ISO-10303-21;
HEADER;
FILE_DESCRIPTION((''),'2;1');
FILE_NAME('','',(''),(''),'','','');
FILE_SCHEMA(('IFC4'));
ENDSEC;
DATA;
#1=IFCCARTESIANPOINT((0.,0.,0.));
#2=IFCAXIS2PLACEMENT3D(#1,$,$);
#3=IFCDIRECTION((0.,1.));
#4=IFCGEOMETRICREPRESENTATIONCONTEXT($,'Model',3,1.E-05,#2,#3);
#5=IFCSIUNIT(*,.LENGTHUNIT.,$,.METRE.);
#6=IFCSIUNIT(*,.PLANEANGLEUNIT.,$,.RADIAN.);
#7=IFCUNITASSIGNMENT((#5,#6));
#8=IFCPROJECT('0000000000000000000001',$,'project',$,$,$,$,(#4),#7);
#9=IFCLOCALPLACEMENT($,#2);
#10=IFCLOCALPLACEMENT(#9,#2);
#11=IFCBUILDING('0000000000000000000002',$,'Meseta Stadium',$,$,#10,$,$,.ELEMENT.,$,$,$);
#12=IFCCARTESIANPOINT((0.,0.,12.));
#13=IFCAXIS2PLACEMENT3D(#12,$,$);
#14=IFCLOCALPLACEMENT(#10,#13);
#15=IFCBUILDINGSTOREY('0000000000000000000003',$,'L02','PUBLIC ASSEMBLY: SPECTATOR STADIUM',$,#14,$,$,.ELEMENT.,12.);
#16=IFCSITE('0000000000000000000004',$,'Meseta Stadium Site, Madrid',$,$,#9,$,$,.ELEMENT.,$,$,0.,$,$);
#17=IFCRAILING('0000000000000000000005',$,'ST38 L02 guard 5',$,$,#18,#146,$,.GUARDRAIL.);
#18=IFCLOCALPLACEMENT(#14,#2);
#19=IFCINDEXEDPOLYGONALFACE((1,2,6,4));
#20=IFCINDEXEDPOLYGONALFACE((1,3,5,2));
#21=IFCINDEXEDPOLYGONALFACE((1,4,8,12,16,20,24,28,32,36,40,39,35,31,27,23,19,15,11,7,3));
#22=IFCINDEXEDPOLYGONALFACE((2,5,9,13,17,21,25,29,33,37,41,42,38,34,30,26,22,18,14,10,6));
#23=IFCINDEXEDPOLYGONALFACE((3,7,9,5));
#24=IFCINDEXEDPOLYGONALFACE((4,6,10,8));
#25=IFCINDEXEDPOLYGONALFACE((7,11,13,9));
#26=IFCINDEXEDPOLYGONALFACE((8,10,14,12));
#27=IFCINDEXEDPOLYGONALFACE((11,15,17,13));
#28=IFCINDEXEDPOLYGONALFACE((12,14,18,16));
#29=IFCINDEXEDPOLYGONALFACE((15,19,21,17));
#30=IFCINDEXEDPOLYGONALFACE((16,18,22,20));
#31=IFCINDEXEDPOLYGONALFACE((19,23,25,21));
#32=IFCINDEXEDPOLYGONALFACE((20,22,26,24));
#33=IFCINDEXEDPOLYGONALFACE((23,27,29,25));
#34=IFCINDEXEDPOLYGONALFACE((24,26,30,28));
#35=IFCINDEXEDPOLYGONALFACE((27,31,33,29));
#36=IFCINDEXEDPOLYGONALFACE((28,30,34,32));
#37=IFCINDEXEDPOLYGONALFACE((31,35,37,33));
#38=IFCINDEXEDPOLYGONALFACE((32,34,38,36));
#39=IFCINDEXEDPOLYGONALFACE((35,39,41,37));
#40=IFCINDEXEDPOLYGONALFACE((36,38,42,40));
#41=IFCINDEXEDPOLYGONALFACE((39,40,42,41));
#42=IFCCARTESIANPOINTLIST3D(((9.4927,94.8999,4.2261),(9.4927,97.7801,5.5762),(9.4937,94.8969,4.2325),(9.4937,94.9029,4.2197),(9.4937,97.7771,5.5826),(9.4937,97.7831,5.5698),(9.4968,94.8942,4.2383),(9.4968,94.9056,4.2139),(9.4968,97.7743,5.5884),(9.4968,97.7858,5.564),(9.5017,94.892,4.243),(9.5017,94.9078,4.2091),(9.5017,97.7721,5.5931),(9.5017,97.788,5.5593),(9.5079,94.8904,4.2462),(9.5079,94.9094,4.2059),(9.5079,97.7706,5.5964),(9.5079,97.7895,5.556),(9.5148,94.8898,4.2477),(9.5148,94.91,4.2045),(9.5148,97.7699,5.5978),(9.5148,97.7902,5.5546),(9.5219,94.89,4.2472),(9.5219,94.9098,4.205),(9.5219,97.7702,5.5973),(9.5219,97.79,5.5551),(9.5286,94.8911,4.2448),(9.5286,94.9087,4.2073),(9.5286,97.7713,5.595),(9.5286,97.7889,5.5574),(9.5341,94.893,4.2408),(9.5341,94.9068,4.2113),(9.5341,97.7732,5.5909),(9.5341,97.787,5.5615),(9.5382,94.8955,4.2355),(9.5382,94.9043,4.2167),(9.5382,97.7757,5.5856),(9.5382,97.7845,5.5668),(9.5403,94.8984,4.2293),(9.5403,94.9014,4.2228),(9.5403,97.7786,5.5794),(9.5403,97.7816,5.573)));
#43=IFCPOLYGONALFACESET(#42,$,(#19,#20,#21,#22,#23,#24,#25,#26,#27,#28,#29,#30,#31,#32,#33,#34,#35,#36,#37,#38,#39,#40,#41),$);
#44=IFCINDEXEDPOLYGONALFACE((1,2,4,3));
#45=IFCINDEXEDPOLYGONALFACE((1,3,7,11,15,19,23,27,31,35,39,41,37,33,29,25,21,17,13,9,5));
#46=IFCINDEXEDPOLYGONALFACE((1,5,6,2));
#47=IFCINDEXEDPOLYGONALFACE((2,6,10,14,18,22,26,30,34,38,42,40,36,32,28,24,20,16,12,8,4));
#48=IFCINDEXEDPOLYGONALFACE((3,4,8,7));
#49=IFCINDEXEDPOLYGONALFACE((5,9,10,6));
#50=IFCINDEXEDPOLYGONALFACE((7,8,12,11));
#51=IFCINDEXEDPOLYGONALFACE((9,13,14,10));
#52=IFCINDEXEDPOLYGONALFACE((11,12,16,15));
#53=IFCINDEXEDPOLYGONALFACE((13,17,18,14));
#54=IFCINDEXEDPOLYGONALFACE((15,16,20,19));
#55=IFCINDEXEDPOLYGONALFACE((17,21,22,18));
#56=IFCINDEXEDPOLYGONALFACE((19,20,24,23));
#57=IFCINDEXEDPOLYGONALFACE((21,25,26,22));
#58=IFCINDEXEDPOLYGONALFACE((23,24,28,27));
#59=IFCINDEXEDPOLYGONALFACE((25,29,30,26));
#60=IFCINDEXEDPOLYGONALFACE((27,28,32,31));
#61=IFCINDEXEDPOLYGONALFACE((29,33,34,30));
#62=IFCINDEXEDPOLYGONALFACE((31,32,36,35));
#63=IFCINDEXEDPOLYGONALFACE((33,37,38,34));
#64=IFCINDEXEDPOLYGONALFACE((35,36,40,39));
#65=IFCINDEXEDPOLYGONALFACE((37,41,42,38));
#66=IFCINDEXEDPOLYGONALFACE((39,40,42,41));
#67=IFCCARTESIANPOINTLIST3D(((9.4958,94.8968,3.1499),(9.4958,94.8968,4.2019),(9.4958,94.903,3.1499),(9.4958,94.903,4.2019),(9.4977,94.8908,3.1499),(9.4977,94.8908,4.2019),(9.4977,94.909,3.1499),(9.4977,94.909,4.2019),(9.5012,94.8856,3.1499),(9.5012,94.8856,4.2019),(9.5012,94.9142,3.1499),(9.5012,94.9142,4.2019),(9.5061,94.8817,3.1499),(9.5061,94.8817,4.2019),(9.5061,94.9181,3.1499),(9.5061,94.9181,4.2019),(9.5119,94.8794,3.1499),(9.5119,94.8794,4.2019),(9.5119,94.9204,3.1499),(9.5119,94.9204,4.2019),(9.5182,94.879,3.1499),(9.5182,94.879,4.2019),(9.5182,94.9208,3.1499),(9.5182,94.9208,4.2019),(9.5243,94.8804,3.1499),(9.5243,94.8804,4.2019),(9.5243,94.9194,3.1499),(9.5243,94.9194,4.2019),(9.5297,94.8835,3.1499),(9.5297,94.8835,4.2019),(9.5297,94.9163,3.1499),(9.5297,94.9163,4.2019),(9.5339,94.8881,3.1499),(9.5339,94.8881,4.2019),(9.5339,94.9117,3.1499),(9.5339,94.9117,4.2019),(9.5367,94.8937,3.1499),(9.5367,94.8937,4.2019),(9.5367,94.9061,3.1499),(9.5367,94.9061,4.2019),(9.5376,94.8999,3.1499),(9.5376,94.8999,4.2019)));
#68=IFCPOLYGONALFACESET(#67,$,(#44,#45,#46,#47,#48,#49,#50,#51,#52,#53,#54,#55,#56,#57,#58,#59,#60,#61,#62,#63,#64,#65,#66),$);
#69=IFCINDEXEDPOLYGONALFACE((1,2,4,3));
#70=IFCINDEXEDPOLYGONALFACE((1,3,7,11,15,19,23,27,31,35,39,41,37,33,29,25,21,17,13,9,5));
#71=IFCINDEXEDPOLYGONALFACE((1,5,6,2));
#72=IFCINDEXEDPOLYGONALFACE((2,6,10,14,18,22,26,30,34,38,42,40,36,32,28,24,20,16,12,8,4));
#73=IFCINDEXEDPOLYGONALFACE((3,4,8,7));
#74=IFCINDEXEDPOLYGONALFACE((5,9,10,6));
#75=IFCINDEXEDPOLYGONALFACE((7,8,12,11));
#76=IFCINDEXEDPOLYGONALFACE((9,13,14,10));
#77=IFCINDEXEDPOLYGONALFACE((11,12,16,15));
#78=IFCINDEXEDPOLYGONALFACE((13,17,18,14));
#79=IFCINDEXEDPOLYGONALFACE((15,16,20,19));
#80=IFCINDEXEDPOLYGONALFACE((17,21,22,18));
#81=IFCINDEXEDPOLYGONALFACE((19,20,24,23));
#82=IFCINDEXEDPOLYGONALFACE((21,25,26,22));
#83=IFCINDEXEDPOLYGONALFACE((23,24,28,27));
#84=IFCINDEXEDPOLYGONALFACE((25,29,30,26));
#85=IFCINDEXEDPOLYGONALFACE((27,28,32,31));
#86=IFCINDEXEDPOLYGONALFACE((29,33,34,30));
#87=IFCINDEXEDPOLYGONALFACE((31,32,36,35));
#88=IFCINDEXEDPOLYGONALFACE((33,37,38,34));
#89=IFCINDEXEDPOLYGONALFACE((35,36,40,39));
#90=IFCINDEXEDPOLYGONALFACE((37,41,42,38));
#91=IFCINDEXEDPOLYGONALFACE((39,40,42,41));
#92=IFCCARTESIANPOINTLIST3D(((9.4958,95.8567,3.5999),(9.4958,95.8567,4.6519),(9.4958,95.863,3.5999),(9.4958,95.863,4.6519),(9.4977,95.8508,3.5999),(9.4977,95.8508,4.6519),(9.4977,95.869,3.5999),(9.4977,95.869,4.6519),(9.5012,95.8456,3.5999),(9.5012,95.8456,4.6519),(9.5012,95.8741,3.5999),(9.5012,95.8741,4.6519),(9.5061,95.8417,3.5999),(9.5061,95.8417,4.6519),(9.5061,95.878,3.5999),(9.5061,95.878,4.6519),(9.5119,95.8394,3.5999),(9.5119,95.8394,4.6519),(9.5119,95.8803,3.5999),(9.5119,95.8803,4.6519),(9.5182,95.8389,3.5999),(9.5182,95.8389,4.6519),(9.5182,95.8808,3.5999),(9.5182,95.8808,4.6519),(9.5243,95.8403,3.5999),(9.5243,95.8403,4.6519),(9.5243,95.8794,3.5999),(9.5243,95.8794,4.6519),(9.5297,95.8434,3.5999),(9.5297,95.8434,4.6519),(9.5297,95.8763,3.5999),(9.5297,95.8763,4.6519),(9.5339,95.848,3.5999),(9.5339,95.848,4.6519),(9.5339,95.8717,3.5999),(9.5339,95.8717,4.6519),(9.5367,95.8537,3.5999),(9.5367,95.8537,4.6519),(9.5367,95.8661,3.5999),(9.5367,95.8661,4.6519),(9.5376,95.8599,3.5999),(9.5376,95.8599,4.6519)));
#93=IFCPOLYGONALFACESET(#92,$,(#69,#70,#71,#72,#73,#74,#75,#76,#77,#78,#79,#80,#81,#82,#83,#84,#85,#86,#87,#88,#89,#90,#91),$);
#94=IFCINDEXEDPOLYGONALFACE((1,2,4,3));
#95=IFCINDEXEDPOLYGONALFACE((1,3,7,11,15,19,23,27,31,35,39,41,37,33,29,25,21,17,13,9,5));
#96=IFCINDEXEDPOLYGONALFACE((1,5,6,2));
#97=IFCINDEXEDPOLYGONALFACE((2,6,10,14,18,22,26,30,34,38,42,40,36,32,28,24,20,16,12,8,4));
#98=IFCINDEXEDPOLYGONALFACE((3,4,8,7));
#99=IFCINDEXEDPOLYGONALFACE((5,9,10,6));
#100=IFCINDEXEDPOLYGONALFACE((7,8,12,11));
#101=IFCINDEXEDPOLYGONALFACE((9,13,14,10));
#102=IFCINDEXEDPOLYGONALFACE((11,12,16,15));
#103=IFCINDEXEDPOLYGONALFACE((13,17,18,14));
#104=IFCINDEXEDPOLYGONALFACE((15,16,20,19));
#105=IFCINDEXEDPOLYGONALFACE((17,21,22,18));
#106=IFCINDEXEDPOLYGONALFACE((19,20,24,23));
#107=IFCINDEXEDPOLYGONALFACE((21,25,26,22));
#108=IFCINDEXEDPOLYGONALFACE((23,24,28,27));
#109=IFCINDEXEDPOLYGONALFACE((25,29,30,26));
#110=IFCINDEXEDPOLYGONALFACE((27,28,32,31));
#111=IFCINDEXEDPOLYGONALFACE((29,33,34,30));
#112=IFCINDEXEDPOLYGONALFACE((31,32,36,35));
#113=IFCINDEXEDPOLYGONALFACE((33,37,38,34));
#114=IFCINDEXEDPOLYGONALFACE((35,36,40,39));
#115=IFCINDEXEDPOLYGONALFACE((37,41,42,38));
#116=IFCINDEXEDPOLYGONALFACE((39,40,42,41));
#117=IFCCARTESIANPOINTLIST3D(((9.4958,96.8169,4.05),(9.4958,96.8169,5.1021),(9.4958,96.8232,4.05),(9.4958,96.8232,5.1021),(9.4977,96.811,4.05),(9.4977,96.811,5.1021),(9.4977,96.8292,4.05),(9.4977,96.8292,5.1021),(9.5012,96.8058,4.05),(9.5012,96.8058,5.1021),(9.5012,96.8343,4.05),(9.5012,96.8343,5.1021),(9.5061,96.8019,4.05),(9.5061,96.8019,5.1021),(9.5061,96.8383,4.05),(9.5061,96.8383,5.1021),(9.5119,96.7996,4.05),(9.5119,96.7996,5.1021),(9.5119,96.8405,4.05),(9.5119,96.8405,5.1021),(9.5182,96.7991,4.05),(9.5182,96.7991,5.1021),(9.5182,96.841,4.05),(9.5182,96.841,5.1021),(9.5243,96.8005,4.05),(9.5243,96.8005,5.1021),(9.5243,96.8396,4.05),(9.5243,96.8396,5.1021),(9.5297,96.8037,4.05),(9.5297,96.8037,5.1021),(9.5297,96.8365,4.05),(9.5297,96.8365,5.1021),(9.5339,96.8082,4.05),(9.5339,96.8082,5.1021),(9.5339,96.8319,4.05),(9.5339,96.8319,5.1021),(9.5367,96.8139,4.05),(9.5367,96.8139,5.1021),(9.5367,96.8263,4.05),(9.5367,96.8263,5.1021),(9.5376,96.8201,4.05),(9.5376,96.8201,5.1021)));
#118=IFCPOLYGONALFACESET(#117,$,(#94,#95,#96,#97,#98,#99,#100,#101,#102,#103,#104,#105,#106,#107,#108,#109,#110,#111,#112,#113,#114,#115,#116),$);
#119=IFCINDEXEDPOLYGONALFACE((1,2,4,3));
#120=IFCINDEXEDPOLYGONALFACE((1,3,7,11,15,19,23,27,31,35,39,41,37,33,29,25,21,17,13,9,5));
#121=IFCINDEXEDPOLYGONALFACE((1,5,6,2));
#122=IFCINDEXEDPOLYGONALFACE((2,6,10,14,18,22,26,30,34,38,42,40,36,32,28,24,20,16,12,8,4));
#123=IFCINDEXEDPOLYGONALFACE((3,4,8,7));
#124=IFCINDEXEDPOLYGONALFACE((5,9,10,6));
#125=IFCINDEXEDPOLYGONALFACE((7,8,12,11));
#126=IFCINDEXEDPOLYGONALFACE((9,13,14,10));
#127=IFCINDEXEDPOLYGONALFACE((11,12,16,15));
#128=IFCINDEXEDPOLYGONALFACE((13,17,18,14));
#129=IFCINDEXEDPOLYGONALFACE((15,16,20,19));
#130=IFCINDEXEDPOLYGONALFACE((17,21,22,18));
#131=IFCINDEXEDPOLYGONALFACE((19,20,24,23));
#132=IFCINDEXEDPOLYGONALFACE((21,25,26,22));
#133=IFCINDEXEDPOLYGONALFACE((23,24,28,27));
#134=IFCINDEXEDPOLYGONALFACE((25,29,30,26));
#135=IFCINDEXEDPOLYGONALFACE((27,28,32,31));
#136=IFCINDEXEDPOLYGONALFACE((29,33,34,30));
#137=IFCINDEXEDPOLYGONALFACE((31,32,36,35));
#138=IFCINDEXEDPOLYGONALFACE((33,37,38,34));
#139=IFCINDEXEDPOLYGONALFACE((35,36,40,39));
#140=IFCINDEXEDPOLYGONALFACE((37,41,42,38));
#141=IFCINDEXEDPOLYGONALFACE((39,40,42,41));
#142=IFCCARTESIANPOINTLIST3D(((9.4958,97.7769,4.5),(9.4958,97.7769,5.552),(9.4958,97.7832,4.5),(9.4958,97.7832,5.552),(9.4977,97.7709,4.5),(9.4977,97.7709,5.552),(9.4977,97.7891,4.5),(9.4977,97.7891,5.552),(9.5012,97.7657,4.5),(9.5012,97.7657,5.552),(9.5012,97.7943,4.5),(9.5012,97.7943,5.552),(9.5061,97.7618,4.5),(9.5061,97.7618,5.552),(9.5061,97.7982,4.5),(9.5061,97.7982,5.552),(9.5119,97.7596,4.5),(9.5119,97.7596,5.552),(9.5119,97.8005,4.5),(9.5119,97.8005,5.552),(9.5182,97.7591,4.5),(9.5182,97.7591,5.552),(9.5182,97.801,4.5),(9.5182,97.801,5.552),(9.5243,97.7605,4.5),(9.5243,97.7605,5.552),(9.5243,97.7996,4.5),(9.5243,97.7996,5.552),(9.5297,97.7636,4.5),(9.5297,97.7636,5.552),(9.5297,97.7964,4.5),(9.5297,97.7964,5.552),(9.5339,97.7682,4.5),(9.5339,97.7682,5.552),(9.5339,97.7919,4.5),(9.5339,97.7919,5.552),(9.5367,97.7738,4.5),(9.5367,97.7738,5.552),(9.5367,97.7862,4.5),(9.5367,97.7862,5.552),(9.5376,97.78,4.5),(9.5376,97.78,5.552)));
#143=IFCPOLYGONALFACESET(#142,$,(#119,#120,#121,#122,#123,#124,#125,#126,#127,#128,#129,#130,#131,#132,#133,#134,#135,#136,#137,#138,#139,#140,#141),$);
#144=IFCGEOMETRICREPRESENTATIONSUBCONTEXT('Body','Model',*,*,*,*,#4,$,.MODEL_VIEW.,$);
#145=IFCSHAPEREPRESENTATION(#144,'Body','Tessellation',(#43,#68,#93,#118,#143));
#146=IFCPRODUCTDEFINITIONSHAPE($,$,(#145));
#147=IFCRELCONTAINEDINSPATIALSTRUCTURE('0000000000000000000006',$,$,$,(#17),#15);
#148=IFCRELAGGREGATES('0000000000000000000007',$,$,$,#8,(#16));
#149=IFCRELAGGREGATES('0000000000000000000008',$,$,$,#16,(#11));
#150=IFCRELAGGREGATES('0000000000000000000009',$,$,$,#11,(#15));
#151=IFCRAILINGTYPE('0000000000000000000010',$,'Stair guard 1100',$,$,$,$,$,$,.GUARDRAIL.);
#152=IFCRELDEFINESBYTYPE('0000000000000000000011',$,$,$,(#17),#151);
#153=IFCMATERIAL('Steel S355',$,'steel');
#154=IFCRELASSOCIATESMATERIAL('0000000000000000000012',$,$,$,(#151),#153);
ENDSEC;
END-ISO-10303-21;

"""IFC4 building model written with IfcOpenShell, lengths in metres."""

from ifc_helpers import new_model, si_unit, direction, frame, origin, origin_2d, place, context, subcontext, project, spatial, circle, extrude, material, type_object, element, save


model = new_model("IFC4")

# Units and contexts
model_context = context("Model", 3, precision=1e-05, world=origin(), true_north=direction((0.0, 1.0)))
body_context = subcontext(model_context, "Body", "Model", "MODEL_VIEW")
ifc_project = project(units=[si_unit("LENGTHUNIT", "METRE"), si_unit("PLANEANGLEUNIT", "RADIAN")], contexts=[model_context])

# Site, building, storey
site_placement = place(None, origin())
site = spatial("IfcSite", under=ifc_project, at=site_placement, Name="Meseta Stadium Site, Madrid", CompositionType="ELEMENT", RefElevation=0.0)
building_placement = place(site_placement, origin())
building = spatial("IfcBuilding", under=site, at=building_placement, Name="Meseta Stadium", CompositionType="ELEMENT")
storey_placement = place(building_placement, frame((0.0, 0.0, 12.0)))
storey = spatial("IfcBuildingStorey", under=building, at=storey_placement, Name="L02", Description="PUBLIC ASSEMBLY: SPECTATOR STADIUM", CompositionType="ELEMENT", Elevation=12.0)

# Railing
ifc_material_1 = material(Name="Steel S355", Category="steel")
railing_type_1 = type_object("IfcRailingType", Name="Stair guard 1100", PredefinedType="GUARDRAIL", material=ifc_material_1)
railing_1_placement = place(storey_placement, frame((9.5166, 94.8999, 3.1499)))
element("IfcRailing", 1, at=railing_1_placement, inside=storey, type_object=railing_type_1, Name="ST38 L02 guard 5", PredefinedType="GUARDRAIL", context=body_context, shape_type="SweptSolid", body=[
    extrude(circle(Radius=0.0239, at=origin_2d()), frame((0.0, 0.0, 1.0762), z_axis=(0.0, 0.905454, 0.424444), x_axis=(-1.0, 0.0, 0.0)), (0.0, 0.0, 1.0), 3.1809),
    extrude(circle(Radius=0.021, at=origin_2d()), origin(), (0.0, 0.0, 1.0), 1.052),
    extrude(circle(Radius=0.021, at=origin_2d()), frame((0.0, 0.96, 0.45)), (0.0, 0.0, 1.0), 1.052),
    extrude(circle(Radius=0.021, at=origin_2d()), frame((0.0, 1.9202, 0.9001)), (0.0, 0.0, 1.0), 1.052),
    extrude(circle(Radius=0.021, at=origin_2d()), frame((0.0, 2.8801, 1.3501)), (0.0, 0.0, 1.0), 1.052),
])

save(model, "model.ifc")
